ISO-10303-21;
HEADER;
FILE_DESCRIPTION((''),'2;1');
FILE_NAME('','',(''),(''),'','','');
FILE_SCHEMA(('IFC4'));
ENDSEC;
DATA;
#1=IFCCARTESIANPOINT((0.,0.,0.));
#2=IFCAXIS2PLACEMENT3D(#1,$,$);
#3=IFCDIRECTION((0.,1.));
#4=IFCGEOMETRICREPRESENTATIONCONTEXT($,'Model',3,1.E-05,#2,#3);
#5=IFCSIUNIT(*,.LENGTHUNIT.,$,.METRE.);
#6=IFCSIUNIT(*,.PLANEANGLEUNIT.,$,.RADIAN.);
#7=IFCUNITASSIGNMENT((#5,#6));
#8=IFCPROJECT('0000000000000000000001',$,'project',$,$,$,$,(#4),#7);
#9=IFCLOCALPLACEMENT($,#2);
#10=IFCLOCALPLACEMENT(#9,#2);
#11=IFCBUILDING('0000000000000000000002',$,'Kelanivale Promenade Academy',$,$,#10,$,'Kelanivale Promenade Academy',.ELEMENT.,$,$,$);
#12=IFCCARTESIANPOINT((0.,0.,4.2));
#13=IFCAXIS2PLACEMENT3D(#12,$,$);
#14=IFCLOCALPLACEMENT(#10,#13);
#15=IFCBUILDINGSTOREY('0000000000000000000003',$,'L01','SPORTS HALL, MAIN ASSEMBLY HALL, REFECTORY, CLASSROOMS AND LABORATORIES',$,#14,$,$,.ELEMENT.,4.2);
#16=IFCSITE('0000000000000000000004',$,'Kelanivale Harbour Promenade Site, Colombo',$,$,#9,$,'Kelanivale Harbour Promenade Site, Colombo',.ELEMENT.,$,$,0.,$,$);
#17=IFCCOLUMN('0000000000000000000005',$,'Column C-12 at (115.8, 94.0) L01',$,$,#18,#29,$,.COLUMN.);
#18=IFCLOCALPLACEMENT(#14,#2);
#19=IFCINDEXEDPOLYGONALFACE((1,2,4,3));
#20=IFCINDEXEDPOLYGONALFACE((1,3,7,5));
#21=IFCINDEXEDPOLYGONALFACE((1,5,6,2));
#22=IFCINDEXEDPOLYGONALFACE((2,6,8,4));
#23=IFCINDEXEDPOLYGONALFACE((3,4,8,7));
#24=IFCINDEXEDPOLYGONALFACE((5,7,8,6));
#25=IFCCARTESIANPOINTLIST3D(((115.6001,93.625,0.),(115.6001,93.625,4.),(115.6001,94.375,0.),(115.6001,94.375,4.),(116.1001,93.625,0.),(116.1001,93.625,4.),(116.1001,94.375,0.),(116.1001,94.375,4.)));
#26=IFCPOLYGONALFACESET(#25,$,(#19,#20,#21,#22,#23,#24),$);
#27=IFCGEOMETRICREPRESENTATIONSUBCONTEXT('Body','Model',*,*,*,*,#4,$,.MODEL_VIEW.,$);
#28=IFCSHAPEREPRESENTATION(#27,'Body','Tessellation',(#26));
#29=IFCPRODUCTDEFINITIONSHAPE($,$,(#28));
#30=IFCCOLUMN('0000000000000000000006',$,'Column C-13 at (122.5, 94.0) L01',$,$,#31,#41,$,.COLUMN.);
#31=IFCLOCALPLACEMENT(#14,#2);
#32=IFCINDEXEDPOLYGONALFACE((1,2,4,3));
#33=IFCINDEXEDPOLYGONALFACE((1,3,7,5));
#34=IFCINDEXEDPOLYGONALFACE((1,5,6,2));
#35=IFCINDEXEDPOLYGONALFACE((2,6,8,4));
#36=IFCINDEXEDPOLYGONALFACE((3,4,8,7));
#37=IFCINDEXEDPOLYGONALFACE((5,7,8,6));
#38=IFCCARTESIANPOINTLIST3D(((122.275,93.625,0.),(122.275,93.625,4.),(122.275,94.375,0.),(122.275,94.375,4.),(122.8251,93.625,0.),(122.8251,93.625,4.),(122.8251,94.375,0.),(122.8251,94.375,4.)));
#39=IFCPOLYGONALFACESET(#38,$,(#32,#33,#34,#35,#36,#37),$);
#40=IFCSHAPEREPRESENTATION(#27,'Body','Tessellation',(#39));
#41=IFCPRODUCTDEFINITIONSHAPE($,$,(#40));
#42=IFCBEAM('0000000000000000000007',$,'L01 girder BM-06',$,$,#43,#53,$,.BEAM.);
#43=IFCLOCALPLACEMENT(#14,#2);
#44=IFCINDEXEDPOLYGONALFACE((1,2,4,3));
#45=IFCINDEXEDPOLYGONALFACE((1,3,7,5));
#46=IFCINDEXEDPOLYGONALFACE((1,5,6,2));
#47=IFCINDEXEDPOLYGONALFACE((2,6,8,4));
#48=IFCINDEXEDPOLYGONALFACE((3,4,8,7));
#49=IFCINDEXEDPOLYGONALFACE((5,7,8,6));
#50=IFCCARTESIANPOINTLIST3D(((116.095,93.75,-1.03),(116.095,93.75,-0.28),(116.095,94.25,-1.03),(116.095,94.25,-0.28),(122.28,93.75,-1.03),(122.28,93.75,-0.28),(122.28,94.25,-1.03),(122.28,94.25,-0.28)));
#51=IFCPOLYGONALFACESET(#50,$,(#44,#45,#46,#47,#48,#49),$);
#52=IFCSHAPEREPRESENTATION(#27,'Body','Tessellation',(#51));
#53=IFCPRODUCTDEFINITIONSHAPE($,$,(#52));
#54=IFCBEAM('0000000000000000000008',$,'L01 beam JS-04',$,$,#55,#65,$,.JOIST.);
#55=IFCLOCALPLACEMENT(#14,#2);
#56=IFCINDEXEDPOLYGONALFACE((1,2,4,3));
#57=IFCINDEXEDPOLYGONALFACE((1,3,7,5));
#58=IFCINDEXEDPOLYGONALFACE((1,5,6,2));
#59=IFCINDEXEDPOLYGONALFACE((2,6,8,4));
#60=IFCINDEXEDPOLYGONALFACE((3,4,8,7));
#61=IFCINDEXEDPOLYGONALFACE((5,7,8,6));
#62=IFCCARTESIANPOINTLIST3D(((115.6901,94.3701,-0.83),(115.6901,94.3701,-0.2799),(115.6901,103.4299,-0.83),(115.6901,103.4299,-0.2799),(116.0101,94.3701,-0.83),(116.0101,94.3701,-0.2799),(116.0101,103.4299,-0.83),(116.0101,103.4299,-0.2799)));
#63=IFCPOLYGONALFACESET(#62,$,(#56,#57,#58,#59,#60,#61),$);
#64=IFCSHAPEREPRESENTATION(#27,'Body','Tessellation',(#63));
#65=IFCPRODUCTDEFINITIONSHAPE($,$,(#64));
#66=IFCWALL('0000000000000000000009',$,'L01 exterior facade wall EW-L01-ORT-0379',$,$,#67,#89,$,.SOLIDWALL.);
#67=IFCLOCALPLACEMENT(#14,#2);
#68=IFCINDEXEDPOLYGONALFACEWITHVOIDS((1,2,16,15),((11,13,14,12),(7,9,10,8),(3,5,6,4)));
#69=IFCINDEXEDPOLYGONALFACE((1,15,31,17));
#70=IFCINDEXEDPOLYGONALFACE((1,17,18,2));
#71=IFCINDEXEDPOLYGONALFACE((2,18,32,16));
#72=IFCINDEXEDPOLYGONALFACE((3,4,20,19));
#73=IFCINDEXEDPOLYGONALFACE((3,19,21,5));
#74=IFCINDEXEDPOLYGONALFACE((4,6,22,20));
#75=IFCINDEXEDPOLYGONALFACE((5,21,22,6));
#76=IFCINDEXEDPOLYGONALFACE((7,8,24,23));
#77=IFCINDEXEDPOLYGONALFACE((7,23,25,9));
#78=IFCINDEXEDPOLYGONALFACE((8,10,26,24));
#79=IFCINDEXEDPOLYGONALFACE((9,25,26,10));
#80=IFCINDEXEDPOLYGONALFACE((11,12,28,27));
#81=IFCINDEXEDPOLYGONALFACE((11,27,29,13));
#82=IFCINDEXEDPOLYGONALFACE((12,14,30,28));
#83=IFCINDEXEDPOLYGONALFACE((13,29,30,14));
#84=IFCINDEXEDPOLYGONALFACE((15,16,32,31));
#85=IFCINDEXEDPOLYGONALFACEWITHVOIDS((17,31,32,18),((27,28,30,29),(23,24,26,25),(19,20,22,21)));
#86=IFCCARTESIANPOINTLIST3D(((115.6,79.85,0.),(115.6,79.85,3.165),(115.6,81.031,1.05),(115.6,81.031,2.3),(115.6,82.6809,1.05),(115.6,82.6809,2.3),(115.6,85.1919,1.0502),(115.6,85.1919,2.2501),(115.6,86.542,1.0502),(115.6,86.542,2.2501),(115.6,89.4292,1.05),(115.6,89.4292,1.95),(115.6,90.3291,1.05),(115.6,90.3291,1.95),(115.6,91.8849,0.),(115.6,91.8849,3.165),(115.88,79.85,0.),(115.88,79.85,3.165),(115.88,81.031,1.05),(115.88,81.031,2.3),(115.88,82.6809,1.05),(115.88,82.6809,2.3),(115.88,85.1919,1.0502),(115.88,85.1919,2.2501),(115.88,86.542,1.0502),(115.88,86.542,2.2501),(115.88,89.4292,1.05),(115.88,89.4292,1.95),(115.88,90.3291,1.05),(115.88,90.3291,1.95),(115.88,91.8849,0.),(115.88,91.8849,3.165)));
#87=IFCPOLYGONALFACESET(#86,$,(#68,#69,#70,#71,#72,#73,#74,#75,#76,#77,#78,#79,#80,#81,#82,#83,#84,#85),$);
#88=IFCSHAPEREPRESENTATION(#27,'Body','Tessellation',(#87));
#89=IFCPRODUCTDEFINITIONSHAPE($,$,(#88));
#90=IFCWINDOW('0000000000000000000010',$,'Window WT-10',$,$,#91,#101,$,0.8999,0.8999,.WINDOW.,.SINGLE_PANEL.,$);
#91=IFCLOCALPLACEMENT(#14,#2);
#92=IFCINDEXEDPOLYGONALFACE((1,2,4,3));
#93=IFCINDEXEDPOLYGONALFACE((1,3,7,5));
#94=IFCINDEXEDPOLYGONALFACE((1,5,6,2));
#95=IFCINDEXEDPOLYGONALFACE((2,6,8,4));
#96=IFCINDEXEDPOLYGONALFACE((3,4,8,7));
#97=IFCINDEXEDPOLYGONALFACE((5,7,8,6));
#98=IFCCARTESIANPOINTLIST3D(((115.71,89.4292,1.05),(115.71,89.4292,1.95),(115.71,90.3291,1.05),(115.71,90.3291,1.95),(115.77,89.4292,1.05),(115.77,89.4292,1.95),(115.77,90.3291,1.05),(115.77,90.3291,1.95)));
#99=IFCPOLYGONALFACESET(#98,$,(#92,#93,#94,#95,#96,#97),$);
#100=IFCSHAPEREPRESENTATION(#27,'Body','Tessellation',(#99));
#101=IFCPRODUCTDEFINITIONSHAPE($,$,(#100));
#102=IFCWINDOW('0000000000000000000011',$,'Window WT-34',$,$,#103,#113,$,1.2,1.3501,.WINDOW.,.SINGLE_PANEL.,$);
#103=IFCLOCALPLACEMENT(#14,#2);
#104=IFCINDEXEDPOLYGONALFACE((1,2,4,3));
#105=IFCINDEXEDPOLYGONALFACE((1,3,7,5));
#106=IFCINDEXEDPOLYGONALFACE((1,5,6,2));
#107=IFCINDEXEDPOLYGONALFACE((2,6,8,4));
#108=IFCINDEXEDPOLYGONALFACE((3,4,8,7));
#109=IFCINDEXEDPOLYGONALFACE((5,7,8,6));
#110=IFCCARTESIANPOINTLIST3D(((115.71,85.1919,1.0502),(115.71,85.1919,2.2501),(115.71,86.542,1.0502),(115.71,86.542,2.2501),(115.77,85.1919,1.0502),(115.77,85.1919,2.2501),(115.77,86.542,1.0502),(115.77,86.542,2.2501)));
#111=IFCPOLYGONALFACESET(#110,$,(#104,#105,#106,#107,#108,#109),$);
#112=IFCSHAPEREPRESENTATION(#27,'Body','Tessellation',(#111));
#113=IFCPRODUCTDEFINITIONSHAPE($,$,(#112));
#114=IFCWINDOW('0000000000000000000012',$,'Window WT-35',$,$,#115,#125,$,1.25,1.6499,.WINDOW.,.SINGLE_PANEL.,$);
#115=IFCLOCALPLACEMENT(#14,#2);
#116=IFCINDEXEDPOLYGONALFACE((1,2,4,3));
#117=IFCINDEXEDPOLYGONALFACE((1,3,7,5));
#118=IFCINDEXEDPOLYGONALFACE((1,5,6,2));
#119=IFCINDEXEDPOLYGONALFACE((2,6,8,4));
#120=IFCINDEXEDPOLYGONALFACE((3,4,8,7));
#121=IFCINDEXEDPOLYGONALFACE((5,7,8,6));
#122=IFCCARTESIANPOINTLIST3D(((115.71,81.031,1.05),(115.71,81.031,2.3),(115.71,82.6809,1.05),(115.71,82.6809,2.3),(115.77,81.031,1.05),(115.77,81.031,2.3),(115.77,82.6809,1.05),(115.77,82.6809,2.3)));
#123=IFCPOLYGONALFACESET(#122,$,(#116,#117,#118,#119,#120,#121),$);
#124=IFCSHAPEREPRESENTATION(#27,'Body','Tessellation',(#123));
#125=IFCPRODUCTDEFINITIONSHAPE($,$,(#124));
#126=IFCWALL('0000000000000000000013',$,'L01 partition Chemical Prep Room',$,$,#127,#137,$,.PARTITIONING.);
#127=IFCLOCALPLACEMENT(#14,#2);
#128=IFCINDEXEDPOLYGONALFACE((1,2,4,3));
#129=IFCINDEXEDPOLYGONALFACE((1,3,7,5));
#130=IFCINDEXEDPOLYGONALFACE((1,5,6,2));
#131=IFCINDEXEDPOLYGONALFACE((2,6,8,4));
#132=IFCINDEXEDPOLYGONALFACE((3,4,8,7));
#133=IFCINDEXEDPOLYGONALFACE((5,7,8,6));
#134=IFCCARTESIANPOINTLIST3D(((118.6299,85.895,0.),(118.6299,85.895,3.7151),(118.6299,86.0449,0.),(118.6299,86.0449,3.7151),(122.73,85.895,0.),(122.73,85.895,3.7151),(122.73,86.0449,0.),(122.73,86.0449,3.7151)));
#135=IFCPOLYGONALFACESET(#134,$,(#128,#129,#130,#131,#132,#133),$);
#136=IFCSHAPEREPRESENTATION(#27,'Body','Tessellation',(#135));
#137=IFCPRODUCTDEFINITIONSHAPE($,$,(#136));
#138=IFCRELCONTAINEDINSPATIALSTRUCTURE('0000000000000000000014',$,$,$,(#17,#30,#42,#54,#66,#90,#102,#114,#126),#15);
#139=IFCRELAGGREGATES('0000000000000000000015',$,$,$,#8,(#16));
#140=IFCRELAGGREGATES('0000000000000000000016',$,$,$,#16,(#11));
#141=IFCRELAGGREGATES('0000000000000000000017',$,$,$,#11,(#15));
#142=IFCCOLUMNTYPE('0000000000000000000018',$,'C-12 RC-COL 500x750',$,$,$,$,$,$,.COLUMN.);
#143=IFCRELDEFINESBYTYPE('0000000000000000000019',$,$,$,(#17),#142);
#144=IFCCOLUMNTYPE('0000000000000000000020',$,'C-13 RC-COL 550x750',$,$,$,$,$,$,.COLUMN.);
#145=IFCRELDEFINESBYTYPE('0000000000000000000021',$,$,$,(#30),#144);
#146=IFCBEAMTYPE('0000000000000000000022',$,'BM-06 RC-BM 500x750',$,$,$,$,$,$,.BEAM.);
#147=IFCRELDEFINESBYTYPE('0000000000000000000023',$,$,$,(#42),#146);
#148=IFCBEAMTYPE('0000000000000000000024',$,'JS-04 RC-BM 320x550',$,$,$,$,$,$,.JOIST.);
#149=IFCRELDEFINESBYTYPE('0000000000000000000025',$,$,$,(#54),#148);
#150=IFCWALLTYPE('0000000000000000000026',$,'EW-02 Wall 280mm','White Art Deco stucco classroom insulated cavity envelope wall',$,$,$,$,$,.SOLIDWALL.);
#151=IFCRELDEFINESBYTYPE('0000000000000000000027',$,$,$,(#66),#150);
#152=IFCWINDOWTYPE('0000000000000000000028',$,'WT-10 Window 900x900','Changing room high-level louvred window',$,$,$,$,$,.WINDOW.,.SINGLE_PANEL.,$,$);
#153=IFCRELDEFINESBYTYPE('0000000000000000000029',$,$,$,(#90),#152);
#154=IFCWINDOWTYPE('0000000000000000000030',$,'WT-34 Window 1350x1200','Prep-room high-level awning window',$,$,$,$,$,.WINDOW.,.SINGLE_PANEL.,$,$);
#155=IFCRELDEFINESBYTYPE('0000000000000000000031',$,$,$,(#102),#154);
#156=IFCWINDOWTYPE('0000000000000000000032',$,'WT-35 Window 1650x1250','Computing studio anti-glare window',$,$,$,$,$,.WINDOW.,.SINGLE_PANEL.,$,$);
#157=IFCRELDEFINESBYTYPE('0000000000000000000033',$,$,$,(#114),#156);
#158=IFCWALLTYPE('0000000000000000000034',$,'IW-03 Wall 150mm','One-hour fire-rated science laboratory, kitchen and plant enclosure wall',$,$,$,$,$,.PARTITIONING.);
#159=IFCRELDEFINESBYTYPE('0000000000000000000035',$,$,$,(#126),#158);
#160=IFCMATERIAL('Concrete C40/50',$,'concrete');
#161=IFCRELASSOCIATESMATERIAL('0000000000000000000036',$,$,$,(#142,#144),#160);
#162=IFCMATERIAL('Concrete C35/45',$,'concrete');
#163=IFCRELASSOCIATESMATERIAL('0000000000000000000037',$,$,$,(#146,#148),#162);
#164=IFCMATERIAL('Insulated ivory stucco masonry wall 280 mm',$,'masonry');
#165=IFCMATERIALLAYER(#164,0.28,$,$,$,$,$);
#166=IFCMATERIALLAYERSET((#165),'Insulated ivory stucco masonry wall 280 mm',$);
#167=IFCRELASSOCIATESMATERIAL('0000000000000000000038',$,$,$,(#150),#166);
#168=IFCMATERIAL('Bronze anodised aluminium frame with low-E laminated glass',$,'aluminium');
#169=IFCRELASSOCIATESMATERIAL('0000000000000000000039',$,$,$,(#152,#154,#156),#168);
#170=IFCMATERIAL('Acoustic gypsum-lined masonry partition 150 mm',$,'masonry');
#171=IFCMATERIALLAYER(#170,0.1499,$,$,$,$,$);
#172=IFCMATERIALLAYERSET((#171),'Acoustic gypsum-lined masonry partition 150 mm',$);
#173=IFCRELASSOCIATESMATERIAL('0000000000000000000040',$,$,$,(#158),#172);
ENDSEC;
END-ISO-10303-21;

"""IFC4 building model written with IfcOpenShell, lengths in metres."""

from ifc_helpers import new_model, si_unit, direction, frame, frame_2d, origin, origin_2d, place, context, subcontext, project, spatial, rectangle, extrude, material, layer, layer_set, material_profile, profile_set, type_object, element, fill, save


model = new_model("IFC4")

# Units and contexts
model_context = context("Model", 3, precision=1e-05, world=origin(), true_north=direction((0.0, 1.0)))
body_context = subcontext(model_context, "Body", "Model", "MODEL_VIEW")
ifc_project = project(units=[si_unit("LENGTHUNIT", "METRE"), si_unit("PLANEANGLEUNIT", "RADIAN")], contexts=[model_context])

# Site, building, storey
site_placement = place(None, origin())
site = spatial("IfcSite", under=ifc_project, at=site_placement, Name="Kelanivale Harbour Promenade Site, Colombo", LongName="Kelanivale Harbour Promenade Site, Colombo", CompositionType="ELEMENT", RefElevation=0.0)
building_placement = place(site_placement, origin())
building = spatial("IfcBuilding", under=site, at=building_placement, Name="Kelanivale Promenade Academy", LongName="Kelanivale Promenade Academy", CompositionType="ELEMENT")
storey_placement = place(building_placement, frame((0.0, 0.0, 4.2)))
storey = spatial("IfcBuildingStorey", under=building, at=storey_placement, Name="L01", Description="SPORTS HALL, MAIN ASSEMBLY HALL, REFECTORY, CLASSROOMS AND LABORATORIES", CompositionType="ELEMENT", Elevation=4.2)

# Columns
ifc_material_1 = material(Name="Concrete C40/50", Category="concrete")
ifc_material_profile_1 = material_profile(ifc_material_1, rectangle(XDim=0.5, YDim=0.75, at=origin_2d()), Name="RC-COL 500x750")
ifc_profile_set_1 = profile_set([ifc_material_profile_1], Name="Concrete C40/50")
column_type_1 = type_object("IfcColumnType", Name="C-12 RC-COL 500x750", PredefinedType="COLUMN", material=ifc_profile_set_1)
column_1_placement = place(storey_placement, frame((115.8501, 94.0, 0.0), z_axis=(0.0, 0.0, 1.0), x_axis=(1.0, 0.0, 0.0)))
element("IfcColumn", 1, at=column_1_placement, inside=storey, type_object=column_type_1, Name="Column C-12 at (115.8, 94.0) L01", PredefinedType="COLUMN", context=body_context, shape_type="SweptSolid", body=[
    extrude(rectangle(XDim=0.5, YDim=0.75, at=origin_2d()), origin(), (0.0, 0.0, 1.0), 4.0),
])
ifc_material_profile_2 = material_profile(ifc_material_1, rectangle(XDim=0.55, YDim=0.75, at=origin_2d()), Name="RC-COL 550x750")
ifc_profile_set_2 = profile_set([ifc_material_profile_2], Name="Concrete C40/50")
column_type_2 = type_object("IfcColumnType", Name="C-13 RC-COL 550x750", PredefinedType="COLUMN", material=ifc_profile_set_2)
column_2_placement = place(storey_placement, frame((122.55, 94.0, 0.0), z_axis=(0.0, 0.0, 1.0), x_axis=(1.0, 0.0, 0.0)))
element("IfcColumn", 2, at=column_2_placement, inside=storey, type_object=column_type_2, Name="Column C-13 at (122.5, 94.0) L01", PredefinedType="COLUMN", context=body_context, shape_type="SweptSolid", body=[
    extrude(rectangle(XDim=0.55, YDim=0.75, at=origin_2d()), origin(), (0.0, 0.0, 1.0), 4.0),
])

# Beams
ifc_material_2 = material(Name="Concrete C35/45", Category="concrete")
ifc_material_profile_3 = material_profile(ifc_material_2, rectangle(XDim=0.5, YDim=0.75, at=origin_2d()), Name="RC-BM 500x750")
ifc_profile_set_3 = profile_set([ifc_material_profile_3], Name="Concrete C35/45")
beam_type_1 = type_object("IfcBeamType", Name="BM-06 RC-BM 500x750", PredefinedType="BEAM", material=ifc_profile_set_3)
beam_1_placement = place(storey_placement, frame((116.095, 94.0, -0.655), z_axis=(1.0, 0.0, 0.0), x_axis=(0.0, 1.0, 0.0)))
element("IfcBeam", 3, at=beam_1_placement, inside=storey, type_object=beam_type_1, Name="L01 girder BM-06", PredefinedType="BEAM", context=body_context, shape_type="SweptSolid", body=[
    extrude(rectangle(XDim=0.5, YDim=0.75, at=origin_2d()), origin(), (0.0, 0.0, 1.0), 6.1851),
])
ifc_material_profile_4 = material_profile(ifc_material_2, rectangle(XDim=0.3201, YDim=0.55, at=origin_2d()), Name="RC-BM 320x550")
ifc_profile_set_4 = profile_set([ifc_material_profile_4], Name="Concrete C35/45")
beam_type_2 = type_object("IfcBeamType", Name="JS-04 RC-BM 320x550", PredefinedType="JOIST", material=ifc_profile_set_4)
beam_2_placement = place(storey_placement, frame((115.8501, 94.3701, -0.5549), z_axis=(0.0, 1.0, 0.0), x_axis=(-1.0, 0.0, 0.0)))
element("IfcBeam", 4, at=beam_2_placement, inside=storey, type_object=beam_type_2, Name="L01 beam JS-04", PredefinedType="JOIST", context=body_context, shape_type="SweptSolid", body=[
    extrude(rectangle(XDim=0.3201, YDim=0.55, at=origin_2d()), origin(), (0.0, 0.0, 1.0), 9.0598),
])

# Wall, openings, windows
ifc_material_3 = material(Name="Insulated ivory stucco masonry wall 280 mm", Category="masonry")
ifc_layer_1 = layer(ifc_material_3, 0.28)
ifc_layer_set_1 = layer_set([ifc_layer_1], Name="Insulated ivory stucco masonry wall 280 mm")
wall_type_1 = type_object("IfcWallType", Name="EW-02 Wall 280mm", Description="White Art Deco stucco classroom insulated cavity envelope wall", PredefinedType="SOLIDWALL", material=ifc_layer_set_1)
wall_1_placement = place(storey_placement, frame((115.74, 91.885, 0.0), z_axis=(0.0, 0.0, 1.0), x_axis=(0.0, -1.0, 0.0)))
wall_1 = element("IfcWall", 5, at=wall_1_placement, inside=storey, type_object=wall_type_1, Name="L01 exterior facade wall EW-L01-ORT-0379", PredefinedType="SOLIDWALL", context=body_context, shape_type="SweptSolid", body=[
    extrude(rectangle(XDim=12.0349, YDim=0.28, at=frame_2d((6.0176, 0.0))), origin(), (0.0, 0.0, 1.0), 3.165),
])
opening_1_placement = place(wall_1_placement, frame((1.5559, 0.0, 1.05)))
opening_1 = element("IfcOpeningElement", 6, at=opening_1_placement, cuts=wall_1, PredefinedType="OPENING", context=body_context, shape_type="SweptSolid", body=[
    extrude(rectangle(XDim=0.8999, YDim=0.8999, at=frame_2d((0.45, 0.45))), frame((0.0, 0.1499, 0.0), z_axis=(0.0, -1.0, 0.0), x_axis=(1.0, 0.0, 0.0)), (0.0, 0.0, 1.0), 0.3),
])
opening_2_placement = place(wall_1_placement, frame((5.343, 0.0, 1.05)))
opening_2 = element("IfcOpeningElement", 7, at=opening_2_placement, cuts=wall_1, PredefinedType="OPENING", context=body_context, shape_type="SweptSolid", body=[
    extrude(rectangle(XDim=1.3501, YDim=1.2, at=frame_2d((0.675, 0.6001))), frame((0.0, 0.1499, 0.0), z_axis=(0.0, -1.0, 0.0), x_axis=(1.0, 0.0, 0.0)), (0.0, 0.0, 1.0), 0.3),
])
opening_3_placement = place(wall_1_placement, frame((9.2041, 0.0, 1.05)))
opening_3 = element("IfcOpeningElement", 8, at=opening_3_placement, cuts=wall_1, PredefinedType="OPENING", context=body_context, shape_type="SweptSolid", body=[
    extrude(rectangle(XDim=1.6499, YDim=1.25, at=frame_2d((0.825, 0.625))), frame((0.0, 0.1499, 0.0), z_axis=(0.0, -1.0, 0.0), x_axis=(1.0, 0.0, 0.0)), (0.0, 0.0, 1.0), 0.3),
])
ifc_material_4 = material(Name="Bronze anodised aluminium frame with low-E laminated glass", Category="aluminium")
window_type_1 = type_object("IfcWindowType", Name="WT-10 Window 900x900", Description="Changing room high-level louvred window", PartitioningType="SINGLE_PANEL", PredefinedType="WINDOW", material=ifc_material_4)
window_1_placement = place(opening_1_placement, origin())
window_1 = element("IfcWindow", 9, at=window_1_placement, inside=storey, type_object=window_type_1, Name="Window WT-10", OverallHeight=0.8999, OverallWidth=0.8999, PartitioningType="SINGLE_PANEL", PredefinedType="WINDOW", context=body_context, shape_type="SweptSolid", body=[
    extrude(rectangle(XDim=0.8999, YDim=0.8999, at=frame_2d((0.45, 0.45))), frame((0.0, 0.03, 0.0), z_axis=(0.0, -1.0, 0.0), x_axis=(1.0, 0.0, 0.0)), (0.0, 0.0, 1.0), 0.0601),
])
fill(opening_1, window_1)
window_type_2 = type_object("IfcWindowType", Name="WT-34 Window 1350x1200", Description="Prep-room high-level awning window", PartitioningType="SINGLE_PANEL", PredefinedType="WINDOW", material=ifc_material_4)
window_2_placement = place(opening_2_placement, origin())
window_2 = element("IfcWindow", 10, at=window_2_placement, inside=storey, type_object=window_type_2, Name="Window WT-34", OverallHeight=1.2, OverallWidth=1.3501, PartitioningType="SINGLE_PANEL", PredefinedType="WINDOW", context=body_context, shape_type="SweptSolid", body=[
    extrude(rectangle(XDim=1.3501, YDim=1.2, at=frame_2d((0.675, 0.6001))), frame((0.0, 0.03, 0.0), z_axis=(0.0, -1.0, 0.0), x_axis=(1.0, 0.0, 0.0)), (0.0, 0.0, 1.0), 0.0601),
])
fill(opening_2, window_2)
window_type_3 = type_object("IfcWindowType", Name="WT-35 Window 1650x1250", Description="Computing studio anti-glare window", PartitioningType="SINGLE_PANEL", PredefinedType="WINDOW", material=ifc_material_4)
window_3_placement = place(opening_3_placement, origin())
window_3 = element("IfcWindow", 11, at=window_3_placement, inside=storey, type_object=window_type_3, Name="Window WT-35", OverallHeight=1.25, OverallWidth=1.6499, PartitioningType="SINGLE_PANEL", PredefinedType="WINDOW", context=body_context, shape_type="SweptSolid", body=[
    extrude(rectangle(XDim=1.6499, YDim=1.25, at=frame_2d((0.825, 0.625))), frame((0.0, 0.03, 0.0), z_axis=(0.0, -1.0, 0.0), x_axis=(1.0, 0.0, 0.0)), (0.0, 0.0, 1.0), 0.0601),
])
fill(opening_3, window_3)

# Wall
ifc_material_5 = material(Name="Acoustic gypsum-lined masonry partition 150 mm", Category="masonry")
ifc_layer_2 = layer(ifc_material_5, 0.1499)
ifc_layer_set_2 = layer_set([ifc_layer_2], Name="Acoustic gypsum-lined masonry partition 150 mm")
wall_type_2 = type_object("IfcWallType", Name="IW-03 Wall 150mm", Description="One-hour fire-rated science laboratory, kitchen and plant enclosure wall", PredefinedType="PARTITIONING", material=ifc_layer_set_2)
wall_2_placement = place(storey_placement, frame((122.73, 85.97, 0.0), z_axis=(0.0, 0.0, 1.0), x_axis=(-1.0, 0.0, 0.0)))
element("IfcWall", 12, at=wall_2_placement, inside=storey, type_object=wall_type_2, Name="L01 partition Chemical Prep Room", PredefinedType="PARTITIONING", context=body_context, shape_type="SweptSolid", body=[
    extrude(rectangle(XDim=4.1001, YDim=0.1499, at=frame_2d((2.05, 0.0))), origin(), (0.0, 0.0, 1.0), 3.7151),
])

save(model, "model.ifc")
